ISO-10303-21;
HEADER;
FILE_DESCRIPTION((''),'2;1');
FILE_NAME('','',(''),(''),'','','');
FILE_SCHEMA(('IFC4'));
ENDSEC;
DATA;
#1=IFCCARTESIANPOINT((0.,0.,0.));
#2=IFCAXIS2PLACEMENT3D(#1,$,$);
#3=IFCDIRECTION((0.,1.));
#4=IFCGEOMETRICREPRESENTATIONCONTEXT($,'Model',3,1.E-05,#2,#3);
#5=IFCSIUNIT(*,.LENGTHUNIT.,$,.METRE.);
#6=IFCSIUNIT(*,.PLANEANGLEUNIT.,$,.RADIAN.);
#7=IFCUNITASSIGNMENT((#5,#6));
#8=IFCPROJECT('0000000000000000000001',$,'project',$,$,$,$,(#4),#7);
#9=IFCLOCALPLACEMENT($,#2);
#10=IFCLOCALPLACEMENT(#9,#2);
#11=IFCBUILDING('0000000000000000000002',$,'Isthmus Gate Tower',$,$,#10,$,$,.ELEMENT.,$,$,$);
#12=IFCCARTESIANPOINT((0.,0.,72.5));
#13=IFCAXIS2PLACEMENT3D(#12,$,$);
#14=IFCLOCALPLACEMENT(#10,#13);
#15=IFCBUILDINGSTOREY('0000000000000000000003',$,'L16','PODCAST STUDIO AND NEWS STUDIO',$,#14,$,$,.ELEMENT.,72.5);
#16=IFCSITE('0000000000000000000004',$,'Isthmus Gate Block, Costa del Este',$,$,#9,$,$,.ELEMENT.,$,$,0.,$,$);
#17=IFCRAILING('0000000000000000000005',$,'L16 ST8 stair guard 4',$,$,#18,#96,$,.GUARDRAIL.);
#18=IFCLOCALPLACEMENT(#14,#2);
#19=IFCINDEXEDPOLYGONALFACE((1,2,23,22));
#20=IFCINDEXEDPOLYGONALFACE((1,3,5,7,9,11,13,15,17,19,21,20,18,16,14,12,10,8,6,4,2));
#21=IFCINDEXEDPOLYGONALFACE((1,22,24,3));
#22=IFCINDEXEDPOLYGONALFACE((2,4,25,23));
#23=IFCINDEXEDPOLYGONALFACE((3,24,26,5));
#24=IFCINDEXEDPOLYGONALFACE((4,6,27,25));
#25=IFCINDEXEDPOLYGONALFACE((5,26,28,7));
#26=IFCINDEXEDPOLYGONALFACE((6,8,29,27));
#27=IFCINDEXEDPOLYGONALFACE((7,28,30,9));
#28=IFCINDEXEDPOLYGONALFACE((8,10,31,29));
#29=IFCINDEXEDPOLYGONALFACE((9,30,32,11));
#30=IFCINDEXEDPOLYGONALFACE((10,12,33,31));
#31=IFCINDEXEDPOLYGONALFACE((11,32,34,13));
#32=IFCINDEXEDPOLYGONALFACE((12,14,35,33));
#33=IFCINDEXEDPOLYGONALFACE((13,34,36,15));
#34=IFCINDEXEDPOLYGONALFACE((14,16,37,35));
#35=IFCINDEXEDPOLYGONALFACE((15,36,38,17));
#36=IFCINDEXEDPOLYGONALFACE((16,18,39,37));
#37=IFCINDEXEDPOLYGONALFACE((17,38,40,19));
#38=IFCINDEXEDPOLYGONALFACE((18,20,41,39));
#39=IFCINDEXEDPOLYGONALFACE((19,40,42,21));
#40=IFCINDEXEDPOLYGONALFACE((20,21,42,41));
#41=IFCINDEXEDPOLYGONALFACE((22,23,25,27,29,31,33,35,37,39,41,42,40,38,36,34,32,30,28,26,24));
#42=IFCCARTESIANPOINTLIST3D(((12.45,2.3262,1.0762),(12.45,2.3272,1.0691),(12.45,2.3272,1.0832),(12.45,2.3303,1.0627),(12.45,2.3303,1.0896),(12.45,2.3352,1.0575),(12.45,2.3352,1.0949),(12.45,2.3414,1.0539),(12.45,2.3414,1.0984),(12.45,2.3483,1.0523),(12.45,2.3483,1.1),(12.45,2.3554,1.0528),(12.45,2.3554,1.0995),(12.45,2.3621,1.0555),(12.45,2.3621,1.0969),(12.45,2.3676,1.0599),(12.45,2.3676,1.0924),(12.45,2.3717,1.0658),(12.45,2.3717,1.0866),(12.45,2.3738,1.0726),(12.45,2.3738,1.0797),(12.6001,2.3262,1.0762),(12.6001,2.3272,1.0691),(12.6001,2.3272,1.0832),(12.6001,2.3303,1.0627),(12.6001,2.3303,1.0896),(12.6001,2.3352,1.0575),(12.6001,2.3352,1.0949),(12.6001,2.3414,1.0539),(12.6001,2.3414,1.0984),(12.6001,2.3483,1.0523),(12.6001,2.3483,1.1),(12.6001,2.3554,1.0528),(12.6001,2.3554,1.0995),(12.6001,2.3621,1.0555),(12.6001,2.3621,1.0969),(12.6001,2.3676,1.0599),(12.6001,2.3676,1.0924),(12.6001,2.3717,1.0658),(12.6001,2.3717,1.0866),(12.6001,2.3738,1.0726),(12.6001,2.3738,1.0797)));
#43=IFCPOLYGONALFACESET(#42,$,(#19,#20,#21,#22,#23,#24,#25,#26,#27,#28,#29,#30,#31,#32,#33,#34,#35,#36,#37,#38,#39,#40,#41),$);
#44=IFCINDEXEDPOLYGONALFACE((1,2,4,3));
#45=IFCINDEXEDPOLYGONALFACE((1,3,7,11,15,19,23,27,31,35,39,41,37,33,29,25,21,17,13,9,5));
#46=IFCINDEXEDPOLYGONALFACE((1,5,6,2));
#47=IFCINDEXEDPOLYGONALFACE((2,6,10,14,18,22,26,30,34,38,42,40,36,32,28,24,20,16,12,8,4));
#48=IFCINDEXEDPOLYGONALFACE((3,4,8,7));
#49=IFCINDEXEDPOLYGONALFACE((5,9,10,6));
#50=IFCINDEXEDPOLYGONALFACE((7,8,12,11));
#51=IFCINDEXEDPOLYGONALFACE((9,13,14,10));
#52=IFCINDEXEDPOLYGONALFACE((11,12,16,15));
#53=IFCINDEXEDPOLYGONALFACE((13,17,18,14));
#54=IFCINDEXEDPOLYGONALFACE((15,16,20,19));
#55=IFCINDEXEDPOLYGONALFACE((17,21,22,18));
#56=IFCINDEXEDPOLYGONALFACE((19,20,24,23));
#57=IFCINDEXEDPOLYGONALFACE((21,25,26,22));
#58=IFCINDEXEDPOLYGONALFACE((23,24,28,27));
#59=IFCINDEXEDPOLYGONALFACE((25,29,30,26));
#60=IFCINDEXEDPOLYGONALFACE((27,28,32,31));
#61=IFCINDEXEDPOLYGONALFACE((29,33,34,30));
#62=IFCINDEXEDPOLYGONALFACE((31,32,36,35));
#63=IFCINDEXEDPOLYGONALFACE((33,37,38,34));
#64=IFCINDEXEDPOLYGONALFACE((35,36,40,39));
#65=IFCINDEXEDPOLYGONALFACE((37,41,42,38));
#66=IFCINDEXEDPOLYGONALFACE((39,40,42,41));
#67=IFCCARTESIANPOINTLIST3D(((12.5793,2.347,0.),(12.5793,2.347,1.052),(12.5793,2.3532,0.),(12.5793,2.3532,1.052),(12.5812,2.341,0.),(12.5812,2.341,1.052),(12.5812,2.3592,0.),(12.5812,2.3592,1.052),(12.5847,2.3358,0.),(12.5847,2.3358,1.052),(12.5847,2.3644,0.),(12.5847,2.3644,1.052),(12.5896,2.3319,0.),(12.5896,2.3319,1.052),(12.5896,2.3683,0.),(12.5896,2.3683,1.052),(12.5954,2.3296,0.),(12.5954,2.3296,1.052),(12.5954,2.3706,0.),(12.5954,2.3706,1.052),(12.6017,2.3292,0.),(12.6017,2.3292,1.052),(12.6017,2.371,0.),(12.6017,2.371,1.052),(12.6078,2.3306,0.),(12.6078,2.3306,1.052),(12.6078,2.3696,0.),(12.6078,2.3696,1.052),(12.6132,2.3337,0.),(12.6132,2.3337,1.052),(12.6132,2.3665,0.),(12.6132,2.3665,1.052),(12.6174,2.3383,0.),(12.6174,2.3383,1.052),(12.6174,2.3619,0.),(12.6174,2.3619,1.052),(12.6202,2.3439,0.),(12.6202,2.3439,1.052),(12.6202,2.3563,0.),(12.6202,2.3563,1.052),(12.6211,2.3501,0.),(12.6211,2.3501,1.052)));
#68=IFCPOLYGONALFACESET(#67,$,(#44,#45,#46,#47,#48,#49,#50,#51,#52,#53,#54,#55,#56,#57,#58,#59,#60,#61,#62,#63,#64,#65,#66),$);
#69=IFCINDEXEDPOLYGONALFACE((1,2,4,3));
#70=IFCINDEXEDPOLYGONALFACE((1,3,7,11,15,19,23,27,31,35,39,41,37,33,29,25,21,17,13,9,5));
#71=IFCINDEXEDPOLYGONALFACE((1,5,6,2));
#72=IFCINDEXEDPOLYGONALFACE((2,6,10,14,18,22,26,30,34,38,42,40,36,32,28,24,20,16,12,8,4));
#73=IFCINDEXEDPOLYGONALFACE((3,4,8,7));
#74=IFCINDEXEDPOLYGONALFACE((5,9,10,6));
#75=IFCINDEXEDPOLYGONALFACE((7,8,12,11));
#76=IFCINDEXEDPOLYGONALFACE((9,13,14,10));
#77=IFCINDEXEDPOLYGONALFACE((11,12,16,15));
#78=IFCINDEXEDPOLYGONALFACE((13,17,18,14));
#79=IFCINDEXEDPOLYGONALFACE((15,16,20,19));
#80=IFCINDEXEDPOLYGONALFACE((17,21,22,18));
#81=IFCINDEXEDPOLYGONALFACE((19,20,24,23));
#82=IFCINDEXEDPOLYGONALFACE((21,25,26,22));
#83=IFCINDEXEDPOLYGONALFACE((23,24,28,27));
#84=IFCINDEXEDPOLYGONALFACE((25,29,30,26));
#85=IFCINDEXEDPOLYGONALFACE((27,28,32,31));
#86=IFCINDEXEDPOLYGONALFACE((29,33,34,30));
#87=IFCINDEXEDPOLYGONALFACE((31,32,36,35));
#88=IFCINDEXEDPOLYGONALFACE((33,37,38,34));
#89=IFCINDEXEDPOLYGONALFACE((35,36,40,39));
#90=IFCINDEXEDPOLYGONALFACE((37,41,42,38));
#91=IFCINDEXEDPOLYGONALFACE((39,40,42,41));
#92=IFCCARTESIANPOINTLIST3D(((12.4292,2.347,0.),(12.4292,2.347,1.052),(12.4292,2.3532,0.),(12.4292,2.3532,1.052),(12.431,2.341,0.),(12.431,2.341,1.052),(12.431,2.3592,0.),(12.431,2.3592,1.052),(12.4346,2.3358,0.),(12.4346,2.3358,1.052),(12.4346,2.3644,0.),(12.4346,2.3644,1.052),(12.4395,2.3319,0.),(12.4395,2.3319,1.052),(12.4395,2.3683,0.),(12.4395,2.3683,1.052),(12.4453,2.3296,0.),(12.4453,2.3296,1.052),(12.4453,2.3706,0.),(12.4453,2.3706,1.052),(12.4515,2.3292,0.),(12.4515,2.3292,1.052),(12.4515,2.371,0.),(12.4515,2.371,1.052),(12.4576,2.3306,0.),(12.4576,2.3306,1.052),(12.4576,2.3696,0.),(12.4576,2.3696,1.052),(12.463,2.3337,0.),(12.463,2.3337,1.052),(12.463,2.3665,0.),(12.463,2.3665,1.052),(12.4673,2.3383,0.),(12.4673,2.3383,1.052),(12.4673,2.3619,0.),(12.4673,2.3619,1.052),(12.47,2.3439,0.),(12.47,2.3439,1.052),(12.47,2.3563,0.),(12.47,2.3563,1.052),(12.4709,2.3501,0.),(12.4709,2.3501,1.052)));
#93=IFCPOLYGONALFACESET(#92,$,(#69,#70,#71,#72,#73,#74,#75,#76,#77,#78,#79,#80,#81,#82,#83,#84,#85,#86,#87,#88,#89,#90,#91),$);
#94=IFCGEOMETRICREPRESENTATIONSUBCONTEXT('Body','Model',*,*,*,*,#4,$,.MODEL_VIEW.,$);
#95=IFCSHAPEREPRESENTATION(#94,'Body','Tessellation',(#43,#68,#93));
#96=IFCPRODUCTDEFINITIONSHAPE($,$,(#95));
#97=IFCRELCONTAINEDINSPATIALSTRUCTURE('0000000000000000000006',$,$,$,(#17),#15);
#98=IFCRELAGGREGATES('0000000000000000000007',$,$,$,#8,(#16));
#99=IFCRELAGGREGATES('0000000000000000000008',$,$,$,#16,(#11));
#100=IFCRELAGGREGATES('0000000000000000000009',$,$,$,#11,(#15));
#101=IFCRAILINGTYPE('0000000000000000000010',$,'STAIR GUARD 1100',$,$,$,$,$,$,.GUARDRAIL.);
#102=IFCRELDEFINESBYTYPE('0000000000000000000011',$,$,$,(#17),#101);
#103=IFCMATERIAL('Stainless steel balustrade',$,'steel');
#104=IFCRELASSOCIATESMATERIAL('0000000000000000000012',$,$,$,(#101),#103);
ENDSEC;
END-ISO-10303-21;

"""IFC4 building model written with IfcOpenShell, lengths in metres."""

from ifc_helpers import new_model, si_unit, direction, frame, origin, origin_2d, place, context, subcontext, project, spatial, circle, extrude, material, type_object, element, save


model = new_model("IFC4")

# Units and contexts
model_context = context("Model", 3, precision=1e-05, world=origin(), true_north=direction((0.0, 1.0)))
body_context = subcontext(model_context, "Body", "Model", "MODEL_VIEW")
ifc_project = project(units=[si_unit("LENGTHUNIT", "METRE"), si_unit("PLANEANGLEUNIT", "RADIAN")], contexts=[model_context])

# Site, building, storey
site_placement = place(None, origin())
site = spatial("IfcSite", under=ifc_project, at=site_placement, Name="Isthmus Gate Block, Costa del Este", CompositionType="ELEMENT", RefElevation=0.0)
building_placement = place(site_placement, origin())
building = spatial("IfcBuilding", under=site, at=building_placement, Name="Isthmus Gate Tower", CompositionType="ELEMENT")
storey_placement = place(building_placement, frame((0.0, 0.0, 72.5)))
storey = spatial("IfcBuildingStorey", under=building, at=storey_placement, Name="L16", Description="PODCAST STUDIO AND NEWS STUDIO", CompositionType="ELEMENT", Elevation=72.5)

# Railing
ifc_material_1 = material(Name="Stainless steel balustrade", Category="steel")
railing_type_1 = type_object("IfcRailingType", Name="STAIR GUARD 1100", PredefinedType="GUARDRAIL", material=ifc_material_1)
railing_1_placement = place(storey_placement, frame((12.6001, 2.3501, 0.0)))
element("IfcRailing", 1, at=railing_1_placement, inside=storey, type_object=railing_type_1, Name="L16 ST8 stair guard 4", PredefinedType="GUARDRAIL", context=body_context, shape_type="SweptSolid", body=[
    extrude(circle(Radius=0.0239, at=origin_2d()), frame((0.0, 0.0, 1.0762), z_axis=(-1.0, 0.0, 0.0), x_axis=(0.0, -1.0, 0.0)), (0.0, 0.0, 1.0), 0.1501),
    extrude(circle(Radius=0.021, at=origin_2d()), origin(), (0.0, 0.0, 1.0), 1.052),
    extrude(circle(Radius=0.021, at=origin_2d()), frame((-0.1501, 0.0, 0.0)), (0.0, 0.0, 1.0), 1.052),
])

save(model, "model.ifc")
